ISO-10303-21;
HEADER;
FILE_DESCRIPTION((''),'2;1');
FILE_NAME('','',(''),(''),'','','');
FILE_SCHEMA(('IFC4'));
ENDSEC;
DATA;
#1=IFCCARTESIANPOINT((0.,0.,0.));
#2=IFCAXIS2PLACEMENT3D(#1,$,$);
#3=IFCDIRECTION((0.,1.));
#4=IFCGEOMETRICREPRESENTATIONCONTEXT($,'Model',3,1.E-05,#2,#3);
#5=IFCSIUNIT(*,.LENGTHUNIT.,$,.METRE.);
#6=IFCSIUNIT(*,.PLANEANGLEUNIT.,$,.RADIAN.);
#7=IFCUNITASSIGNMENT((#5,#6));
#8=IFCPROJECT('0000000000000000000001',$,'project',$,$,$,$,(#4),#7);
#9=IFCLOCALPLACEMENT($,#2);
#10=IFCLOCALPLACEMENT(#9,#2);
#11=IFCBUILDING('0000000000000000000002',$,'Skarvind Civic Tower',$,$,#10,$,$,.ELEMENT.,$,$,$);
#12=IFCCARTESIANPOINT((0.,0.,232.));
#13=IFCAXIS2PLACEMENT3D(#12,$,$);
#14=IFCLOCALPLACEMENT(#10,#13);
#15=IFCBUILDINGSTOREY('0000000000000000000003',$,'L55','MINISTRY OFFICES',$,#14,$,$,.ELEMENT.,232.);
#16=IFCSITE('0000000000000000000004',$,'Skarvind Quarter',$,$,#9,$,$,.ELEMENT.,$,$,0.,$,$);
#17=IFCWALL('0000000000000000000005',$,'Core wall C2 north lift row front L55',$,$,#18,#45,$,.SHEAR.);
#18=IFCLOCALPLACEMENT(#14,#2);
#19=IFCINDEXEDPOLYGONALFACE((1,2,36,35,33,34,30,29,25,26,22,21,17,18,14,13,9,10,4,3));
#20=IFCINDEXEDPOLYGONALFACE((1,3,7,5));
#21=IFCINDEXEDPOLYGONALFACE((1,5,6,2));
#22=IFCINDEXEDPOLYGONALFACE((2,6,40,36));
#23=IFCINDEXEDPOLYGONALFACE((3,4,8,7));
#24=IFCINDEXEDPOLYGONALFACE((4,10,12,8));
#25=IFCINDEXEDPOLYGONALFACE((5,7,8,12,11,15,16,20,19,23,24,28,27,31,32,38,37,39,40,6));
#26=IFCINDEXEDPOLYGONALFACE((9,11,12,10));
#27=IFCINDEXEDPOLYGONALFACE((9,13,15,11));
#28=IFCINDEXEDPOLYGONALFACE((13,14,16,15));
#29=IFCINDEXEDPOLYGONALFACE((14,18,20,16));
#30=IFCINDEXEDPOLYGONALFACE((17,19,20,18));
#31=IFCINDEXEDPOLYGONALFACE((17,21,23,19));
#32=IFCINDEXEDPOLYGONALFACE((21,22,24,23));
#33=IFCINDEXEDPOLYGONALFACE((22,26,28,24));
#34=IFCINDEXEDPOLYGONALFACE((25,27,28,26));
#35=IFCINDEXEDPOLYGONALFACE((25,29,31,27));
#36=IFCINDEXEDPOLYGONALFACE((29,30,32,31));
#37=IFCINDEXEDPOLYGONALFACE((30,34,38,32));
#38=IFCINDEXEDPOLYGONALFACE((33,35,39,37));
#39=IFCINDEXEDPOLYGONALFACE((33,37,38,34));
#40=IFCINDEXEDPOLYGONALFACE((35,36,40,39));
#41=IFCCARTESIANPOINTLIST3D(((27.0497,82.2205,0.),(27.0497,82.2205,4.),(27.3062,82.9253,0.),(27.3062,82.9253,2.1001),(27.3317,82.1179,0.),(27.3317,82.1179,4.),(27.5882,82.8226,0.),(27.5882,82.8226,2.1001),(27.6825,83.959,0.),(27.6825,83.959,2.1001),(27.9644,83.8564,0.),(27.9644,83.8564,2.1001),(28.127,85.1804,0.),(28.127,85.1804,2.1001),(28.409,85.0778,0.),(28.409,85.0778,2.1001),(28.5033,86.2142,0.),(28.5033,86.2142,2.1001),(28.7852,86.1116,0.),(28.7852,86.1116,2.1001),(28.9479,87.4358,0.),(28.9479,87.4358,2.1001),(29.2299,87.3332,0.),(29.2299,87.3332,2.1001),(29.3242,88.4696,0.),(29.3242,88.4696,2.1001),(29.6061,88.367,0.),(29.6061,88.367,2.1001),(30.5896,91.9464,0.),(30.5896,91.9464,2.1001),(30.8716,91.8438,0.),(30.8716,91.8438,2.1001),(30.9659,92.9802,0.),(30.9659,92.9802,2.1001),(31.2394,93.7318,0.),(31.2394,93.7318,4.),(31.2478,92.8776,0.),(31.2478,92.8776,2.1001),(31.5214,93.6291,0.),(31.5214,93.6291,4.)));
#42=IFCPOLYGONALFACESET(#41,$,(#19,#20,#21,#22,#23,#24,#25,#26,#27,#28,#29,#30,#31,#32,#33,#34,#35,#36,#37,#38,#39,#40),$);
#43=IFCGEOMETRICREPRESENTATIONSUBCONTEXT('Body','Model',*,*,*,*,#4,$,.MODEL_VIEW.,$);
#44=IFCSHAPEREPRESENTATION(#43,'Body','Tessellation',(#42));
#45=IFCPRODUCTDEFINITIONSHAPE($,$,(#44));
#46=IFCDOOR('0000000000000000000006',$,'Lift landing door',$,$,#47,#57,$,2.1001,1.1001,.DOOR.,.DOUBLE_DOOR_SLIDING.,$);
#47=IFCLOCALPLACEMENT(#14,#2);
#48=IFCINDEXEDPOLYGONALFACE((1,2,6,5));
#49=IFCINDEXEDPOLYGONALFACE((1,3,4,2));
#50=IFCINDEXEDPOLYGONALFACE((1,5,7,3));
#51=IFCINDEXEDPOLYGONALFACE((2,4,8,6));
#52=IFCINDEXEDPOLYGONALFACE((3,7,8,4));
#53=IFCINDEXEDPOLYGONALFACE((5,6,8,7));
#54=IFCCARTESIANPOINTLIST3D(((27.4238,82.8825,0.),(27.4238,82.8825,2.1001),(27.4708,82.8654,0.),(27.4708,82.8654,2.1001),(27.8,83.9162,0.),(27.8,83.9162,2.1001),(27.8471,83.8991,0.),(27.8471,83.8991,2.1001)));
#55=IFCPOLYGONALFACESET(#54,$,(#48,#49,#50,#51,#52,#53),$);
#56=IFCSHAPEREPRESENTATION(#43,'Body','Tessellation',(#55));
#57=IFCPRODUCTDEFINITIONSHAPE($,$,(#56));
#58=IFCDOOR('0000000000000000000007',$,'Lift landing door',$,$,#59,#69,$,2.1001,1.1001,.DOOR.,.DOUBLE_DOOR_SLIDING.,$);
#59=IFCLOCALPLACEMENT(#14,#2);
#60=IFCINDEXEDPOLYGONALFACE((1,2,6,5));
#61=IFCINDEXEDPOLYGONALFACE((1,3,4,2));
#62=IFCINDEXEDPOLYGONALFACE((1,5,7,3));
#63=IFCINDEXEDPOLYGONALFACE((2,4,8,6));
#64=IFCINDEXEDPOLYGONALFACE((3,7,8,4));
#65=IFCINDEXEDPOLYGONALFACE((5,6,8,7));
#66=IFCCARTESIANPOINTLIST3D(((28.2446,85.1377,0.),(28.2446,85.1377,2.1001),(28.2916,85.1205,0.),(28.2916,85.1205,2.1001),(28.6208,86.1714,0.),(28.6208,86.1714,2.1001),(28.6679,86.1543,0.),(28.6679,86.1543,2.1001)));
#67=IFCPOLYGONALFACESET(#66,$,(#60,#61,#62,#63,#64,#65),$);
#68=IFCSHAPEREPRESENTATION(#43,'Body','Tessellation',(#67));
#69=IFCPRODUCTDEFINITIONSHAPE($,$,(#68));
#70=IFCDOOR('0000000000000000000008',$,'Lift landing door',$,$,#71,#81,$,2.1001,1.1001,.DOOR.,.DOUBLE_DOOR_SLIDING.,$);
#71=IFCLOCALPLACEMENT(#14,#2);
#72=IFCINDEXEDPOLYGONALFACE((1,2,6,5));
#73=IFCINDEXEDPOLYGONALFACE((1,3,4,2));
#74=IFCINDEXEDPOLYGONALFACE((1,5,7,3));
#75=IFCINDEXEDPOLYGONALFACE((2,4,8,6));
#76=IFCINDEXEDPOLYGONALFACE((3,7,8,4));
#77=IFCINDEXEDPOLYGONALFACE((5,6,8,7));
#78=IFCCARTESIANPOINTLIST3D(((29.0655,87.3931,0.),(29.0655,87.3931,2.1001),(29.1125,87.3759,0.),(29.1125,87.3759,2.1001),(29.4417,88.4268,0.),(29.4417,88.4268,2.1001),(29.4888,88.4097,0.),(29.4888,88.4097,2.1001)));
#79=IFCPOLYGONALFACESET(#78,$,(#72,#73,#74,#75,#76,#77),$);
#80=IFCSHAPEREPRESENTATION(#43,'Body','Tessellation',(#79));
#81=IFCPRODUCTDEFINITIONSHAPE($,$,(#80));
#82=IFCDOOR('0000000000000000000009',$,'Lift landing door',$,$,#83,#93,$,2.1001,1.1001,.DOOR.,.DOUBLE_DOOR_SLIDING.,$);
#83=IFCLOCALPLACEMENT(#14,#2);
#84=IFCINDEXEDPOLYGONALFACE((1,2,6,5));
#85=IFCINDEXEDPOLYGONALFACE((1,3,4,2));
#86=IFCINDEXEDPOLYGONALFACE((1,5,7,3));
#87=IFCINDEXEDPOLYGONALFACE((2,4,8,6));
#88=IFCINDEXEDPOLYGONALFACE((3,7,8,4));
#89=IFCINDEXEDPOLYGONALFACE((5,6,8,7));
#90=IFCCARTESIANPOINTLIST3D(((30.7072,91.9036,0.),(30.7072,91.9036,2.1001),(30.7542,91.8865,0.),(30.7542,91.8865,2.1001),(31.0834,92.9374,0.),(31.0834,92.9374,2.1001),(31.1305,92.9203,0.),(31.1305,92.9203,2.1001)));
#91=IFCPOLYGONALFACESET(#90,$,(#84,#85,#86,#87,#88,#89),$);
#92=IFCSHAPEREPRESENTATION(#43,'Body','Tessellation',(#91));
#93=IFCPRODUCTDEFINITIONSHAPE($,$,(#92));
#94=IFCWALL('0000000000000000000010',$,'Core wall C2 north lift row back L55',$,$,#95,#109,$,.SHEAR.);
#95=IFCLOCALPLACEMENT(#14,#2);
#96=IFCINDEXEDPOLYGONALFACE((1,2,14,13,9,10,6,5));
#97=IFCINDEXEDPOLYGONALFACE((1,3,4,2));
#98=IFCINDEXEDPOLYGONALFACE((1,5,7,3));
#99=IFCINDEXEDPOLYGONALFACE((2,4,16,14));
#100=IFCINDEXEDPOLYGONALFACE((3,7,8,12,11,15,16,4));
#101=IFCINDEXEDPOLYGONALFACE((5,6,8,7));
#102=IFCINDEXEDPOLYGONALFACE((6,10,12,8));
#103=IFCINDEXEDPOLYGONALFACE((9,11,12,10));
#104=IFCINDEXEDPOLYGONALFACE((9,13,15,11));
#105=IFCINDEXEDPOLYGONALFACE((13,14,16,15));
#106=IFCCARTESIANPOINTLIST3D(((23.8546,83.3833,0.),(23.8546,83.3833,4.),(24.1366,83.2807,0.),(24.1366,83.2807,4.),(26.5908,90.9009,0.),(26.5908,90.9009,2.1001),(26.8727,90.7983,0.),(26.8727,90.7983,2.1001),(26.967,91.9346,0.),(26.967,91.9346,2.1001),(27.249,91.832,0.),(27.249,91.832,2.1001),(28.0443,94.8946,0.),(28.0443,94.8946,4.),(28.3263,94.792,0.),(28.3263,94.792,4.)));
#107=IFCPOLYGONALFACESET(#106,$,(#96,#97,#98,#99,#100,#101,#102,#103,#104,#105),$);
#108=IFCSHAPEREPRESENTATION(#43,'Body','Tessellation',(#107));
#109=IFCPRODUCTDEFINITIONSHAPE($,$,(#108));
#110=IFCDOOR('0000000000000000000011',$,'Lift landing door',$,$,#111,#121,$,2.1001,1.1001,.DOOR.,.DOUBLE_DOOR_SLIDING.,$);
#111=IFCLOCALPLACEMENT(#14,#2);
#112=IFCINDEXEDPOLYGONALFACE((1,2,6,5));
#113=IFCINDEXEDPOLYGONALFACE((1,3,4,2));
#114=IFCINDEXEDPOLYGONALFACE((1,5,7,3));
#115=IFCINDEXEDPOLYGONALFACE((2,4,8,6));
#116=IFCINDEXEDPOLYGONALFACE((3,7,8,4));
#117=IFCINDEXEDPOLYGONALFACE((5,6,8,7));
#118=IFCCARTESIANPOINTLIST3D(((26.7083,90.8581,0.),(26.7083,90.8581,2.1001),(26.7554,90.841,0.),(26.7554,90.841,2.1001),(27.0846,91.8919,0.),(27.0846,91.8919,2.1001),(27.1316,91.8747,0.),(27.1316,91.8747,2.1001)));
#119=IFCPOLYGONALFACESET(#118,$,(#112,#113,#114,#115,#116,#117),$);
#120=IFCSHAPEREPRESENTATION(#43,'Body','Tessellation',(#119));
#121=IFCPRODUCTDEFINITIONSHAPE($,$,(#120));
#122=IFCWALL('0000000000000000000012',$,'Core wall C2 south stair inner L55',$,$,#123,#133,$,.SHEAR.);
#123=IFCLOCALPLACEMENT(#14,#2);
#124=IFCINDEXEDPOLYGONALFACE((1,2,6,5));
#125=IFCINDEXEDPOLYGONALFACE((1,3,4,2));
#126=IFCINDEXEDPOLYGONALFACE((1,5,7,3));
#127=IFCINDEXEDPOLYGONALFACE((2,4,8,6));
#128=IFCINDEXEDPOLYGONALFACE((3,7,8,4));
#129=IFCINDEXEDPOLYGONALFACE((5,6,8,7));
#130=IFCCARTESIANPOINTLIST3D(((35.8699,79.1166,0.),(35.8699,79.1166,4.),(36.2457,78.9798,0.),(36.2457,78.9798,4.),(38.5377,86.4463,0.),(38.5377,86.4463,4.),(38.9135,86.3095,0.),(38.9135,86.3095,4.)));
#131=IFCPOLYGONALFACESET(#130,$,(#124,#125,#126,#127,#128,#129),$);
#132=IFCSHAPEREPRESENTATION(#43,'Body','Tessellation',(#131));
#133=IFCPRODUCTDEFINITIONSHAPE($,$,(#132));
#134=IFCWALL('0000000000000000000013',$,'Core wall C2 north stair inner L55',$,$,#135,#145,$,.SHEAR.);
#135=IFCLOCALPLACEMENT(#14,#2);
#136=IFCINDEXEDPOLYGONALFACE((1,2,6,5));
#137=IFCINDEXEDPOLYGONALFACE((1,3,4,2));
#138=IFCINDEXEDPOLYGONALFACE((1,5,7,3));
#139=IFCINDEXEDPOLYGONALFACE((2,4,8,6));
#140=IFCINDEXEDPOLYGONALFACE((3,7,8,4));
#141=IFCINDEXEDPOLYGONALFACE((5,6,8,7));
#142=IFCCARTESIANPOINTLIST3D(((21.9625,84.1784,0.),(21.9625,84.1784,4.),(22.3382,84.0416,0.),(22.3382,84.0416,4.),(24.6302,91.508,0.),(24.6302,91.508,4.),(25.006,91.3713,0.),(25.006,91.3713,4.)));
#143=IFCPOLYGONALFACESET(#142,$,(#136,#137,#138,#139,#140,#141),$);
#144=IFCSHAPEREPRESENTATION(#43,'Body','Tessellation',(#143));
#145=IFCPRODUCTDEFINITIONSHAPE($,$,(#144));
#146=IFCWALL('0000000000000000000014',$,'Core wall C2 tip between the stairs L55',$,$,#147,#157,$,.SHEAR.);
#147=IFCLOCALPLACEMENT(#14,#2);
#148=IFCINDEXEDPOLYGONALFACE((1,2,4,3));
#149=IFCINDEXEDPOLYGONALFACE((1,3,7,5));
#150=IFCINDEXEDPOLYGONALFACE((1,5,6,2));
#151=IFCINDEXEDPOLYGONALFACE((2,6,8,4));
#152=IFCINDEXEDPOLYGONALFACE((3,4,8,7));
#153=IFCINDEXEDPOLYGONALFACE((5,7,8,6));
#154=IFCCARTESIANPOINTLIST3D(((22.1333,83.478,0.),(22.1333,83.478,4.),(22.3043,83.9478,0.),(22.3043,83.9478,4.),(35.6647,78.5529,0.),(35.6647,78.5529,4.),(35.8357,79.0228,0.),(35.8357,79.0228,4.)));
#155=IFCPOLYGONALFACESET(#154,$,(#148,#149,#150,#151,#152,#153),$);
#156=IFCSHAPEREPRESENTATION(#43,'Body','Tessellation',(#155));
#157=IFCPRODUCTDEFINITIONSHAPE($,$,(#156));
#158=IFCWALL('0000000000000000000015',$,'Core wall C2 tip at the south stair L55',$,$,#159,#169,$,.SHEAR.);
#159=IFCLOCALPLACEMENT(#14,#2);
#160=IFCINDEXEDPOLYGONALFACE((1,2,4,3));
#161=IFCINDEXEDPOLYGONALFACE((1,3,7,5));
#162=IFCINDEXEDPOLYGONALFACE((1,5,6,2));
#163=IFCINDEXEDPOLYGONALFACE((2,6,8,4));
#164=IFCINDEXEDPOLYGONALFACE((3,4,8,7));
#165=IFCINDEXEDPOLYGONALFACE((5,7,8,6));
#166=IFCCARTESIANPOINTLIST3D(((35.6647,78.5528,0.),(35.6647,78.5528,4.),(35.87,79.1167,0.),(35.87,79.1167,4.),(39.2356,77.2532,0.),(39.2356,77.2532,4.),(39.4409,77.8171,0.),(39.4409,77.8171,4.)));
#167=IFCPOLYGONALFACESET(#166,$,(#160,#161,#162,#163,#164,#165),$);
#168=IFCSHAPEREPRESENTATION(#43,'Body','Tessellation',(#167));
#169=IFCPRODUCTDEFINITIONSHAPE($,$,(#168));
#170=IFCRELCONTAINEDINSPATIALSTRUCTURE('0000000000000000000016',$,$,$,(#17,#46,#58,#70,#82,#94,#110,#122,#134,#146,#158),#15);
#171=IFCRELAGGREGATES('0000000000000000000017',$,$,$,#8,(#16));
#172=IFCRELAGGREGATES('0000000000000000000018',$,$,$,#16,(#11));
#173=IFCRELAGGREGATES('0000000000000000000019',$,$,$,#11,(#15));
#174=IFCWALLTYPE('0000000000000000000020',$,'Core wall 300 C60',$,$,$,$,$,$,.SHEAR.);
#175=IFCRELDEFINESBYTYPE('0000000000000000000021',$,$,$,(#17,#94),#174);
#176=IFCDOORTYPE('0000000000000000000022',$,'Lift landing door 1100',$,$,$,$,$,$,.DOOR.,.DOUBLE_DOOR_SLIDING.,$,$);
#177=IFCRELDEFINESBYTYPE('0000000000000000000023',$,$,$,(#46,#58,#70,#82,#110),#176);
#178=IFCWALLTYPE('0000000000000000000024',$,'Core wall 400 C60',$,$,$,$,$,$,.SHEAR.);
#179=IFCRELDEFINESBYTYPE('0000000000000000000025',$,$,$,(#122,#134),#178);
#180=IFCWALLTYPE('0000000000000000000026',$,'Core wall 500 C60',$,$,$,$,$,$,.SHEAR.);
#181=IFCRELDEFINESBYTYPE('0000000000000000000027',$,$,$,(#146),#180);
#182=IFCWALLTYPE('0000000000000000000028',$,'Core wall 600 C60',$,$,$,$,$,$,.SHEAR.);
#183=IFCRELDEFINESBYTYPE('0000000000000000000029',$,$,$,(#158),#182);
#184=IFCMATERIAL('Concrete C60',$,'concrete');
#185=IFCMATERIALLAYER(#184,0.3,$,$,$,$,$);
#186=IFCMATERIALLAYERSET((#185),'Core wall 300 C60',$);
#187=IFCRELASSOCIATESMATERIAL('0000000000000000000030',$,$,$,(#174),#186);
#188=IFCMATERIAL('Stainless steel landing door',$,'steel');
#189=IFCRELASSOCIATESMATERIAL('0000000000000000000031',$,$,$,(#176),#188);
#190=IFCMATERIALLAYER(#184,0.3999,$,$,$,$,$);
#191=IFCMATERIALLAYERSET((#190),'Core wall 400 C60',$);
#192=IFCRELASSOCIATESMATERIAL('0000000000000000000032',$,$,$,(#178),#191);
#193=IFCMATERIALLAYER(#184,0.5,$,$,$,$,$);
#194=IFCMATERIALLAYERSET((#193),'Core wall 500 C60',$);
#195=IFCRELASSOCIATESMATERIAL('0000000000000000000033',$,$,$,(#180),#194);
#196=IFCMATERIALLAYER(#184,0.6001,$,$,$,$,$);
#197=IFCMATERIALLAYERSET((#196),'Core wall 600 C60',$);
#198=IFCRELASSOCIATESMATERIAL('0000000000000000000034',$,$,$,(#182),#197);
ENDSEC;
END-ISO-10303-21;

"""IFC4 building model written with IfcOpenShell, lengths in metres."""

from ifc_helpers import new_model, si_unit, direction, frame, frame_2d, origin, place, context, subcontext, project, spatial, rectangle, extrude, material, layer, layer_set, type_object, element, fill, save


model = new_model("IFC4")

# Units and contexts
model_context = context("Model", 3, precision=1e-05, world=origin(), true_north=direction((0.0, 1.0)))
body_context = subcontext(model_context, "Body", "Model", "MODEL_VIEW")
ifc_project = project(units=[si_unit("LENGTHUNIT", "METRE"), si_unit("PLANEANGLEUNIT", "RADIAN")], contexts=[model_context])

# Site, building, storey
site_placement = place(None, origin())
site = spatial("IfcSite", under=ifc_project, at=site_placement, Name="Skarvind Quarter", CompositionType="ELEMENT", RefElevation=0.0)
building_placement = place(site_placement, origin())
building = spatial("IfcBuilding", under=site, at=building_placement, Name="Skarvind Civic Tower", CompositionType="ELEMENT")
storey_placement = place(building_placement, frame((0.0, 0.0, 232.0)))
storey = spatial("IfcBuildingStorey", under=building, at=storey_placement, Name="L55", Description="MINISTRY OFFICES", CompositionType="ELEMENT", Elevation=232.0)

# Shared definitions
ifc_material_1 = material(Name="Concrete C60", Category="concrete")
ifc_layer_1 = layer(ifc_material_1, 0.3)
ifc_layer_set_1 = layer_set([ifc_layer_1], Name="Core wall 300 C60")
wall_type_1 = type_object("IfcWallType", Name="Core wall 300 C60", PredefinedType="SHEAR", material=ifc_layer_set_1)

# Wall, openings, doors
wall_1_placement = place(storey_placement, frame((27.1907, 82.1692, 0.0), z_axis=(0.0, 0.0, 1.0), x_axis=(0.342017, 0.939694, 0.0)))
wall_1 = element("IfcWall", 1, at=wall_1_placement, inside=storey, type_object=wall_type_1, Name="Core wall C2 north lift row front L55", PredefinedType="SHEAR", context=body_context, shape_type="SweptSolid", body=[
    extrude(rectangle(XDim=12.25, YDim=0.3, at=frame_2d((6.125, 0.0))), origin(), (0.0, 0.0, 1.0), 4.0),
])
opening_1_placement = place(wall_1_placement, frame((0.75, 0.0, 0.0)))
opening_1 = element("IfcOpeningElement", 2, at=opening_1_placement, cuts=wall_1, PredefinedType="OPENING", context=body_context, shape_type="SweptSolid", body=[
    extrude(rectangle(XDim=1.1001, YDim=2.1001, at=frame_2d((0.55, 1.05))), frame((0.0, 0.1599, 0.0), z_axis=(0.0, -1.0, 0.0), x_axis=(1.0, 0.0, 0.0)), (0.0, 0.0, 1.0), 0.3201),
])
opening_2_placement = place(wall_1_placement, frame((3.1499, 0.0, 0.0)))
opening_2 = element("IfcOpeningElement", 3, at=opening_2_placement, cuts=wall_1, PredefinedType="OPENING", context=body_context, shape_type="SweptSolid", body=[
    extrude(rectangle(XDim=1.1001, YDim=2.1001, at=frame_2d((0.55, 1.05))), frame((0.0, 0.1599, 0.0), z_axis=(0.0, -1.0, 0.0), x_axis=(1.0, 0.0, 0.0)), (0.0, 0.0, 1.0), 0.3201),
])
opening_3_placement = place(wall_1_placement, frame((5.55, 0.0, 0.0)))
opening_3 = element("IfcOpeningElement", 4, at=opening_3_placement, cuts=wall_1, PredefinedType="OPENING", context=body_context, shape_type="SweptSolid", body=[
    extrude(rectangle(XDim=1.1001, YDim=2.1001, at=frame_2d((0.55, 1.05))), frame((0.0, 0.1599, 0.0), z_axis=(0.0, -1.0, 0.0), x_axis=(1.0, 0.0, 0.0)), (0.0, 0.0, 1.0), 0.3201),
])
opening_4_placement = place(wall_1_placement, frame((10.3501, 0.0, 0.0)))
opening_4 = element("IfcOpeningElement", 5, at=opening_4_placement, cuts=wall_1, PredefinedType="OPENING", context=body_context, shape_type="SweptSolid", body=[
    extrude(rectangle(XDim=1.1001, YDim=2.1001, at=frame_2d((0.55, 1.05))), frame((0.0, 0.1599, 0.0), z_axis=(0.0, -1.0, 0.0), x_axis=(1.0, 0.0, 0.0)), (0.0, 0.0, 1.0), 0.3201),
])
ifc_material_2 = material(Name="Stainless steel landing door", Category="steel")
door_type_1 = type_object("IfcDoorType", Name="Lift landing door 1100", OperationType="DOUBLE_DOOR_SLIDING", PredefinedType="DOOR", material=ifc_material_2)
door_1_placement = place(opening_1_placement, origin())
door_1 = element("IfcDoor", 6, at=door_1_placement, inside=storey, type_object=door_type_1, Name="Lift landing door", OperationType="DOUBLE_DOOR_SLIDING", OverallHeight=2.1001, OverallWidth=1.1001, PredefinedType="DOOR", context=body_context, shape_type="SweptSolid", body=[
    extrude(rectangle(XDim=1.1001, YDim=2.1001, at=frame_2d((0.55, 1.05))), frame((0.0, 0.0249, 0.0), z_axis=(0.0, -1.0, 0.0), x_axis=(1.0, 0.0, 0.0)), (0.0, 0.0, 1.0), 0.05),
])
fill(opening_1, door_1)
door_2_placement = place(opening_2_placement, origin())
door_2 = element("IfcDoor", 7, at=door_2_placement, inside=storey, type_object=door_type_1, Name="Lift landing door", OperationType="DOUBLE_DOOR_SLIDING", OverallHeight=2.1001, OverallWidth=1.1001, PredefinedType="DOOR", context=body_context, shape_type="SweptSolid", body=[
    extrude(rectangle(XDim=1.1001, YDim=2.1001, at=frame_2d((0.55, 1.05))), frame((0.0, 0.0249, 0.0), z_axis=(0.0, -1.0, 0.0), x_axis=(1.0, 0.0, 0.0)), (0.0, 0.0, 1.0), 0.05),
])
fill(opening_2, door_2)
door_3_placement = place(opening_3_placement, origin())
door_3 = element("IfcDoor", 8, at=door_3_placement, inside=storey, type_object=door_type_1, Name="Lift landing door", OperationType="DOUBLE_DOOR_SLIDING", OverallHeight=2.1001, OverallWidth=1.1001, PredefinedType="DOOR", context=body_context, shape_type="SweptSolid", body=[
    extrude(rectangle(XDim=1.1001, YDim=2.1001, at=frame_2d((0.55, 1.05))), frame((0.0, 0.0249, 0.0), z_axis=(0.0, -1.0, 0.0), x_axis=(1.0, 0.0, 0.0)), (0.0, 0.0, 1.0), 0.05),
])
fill(opening_3, door_3)
door_4_placement = place(opening_4_placement, origin())
door_4 = element("IfcDoor", 9, at=door_4_placement, inside=storey, type_object=door_type_1, Name="Lift landing door", OperationType="DOUBLE_DOOR_SLIDING", OverallHeight=2.1001, OverallWidth=1.1001, PredefinedType="DOOR", context=body_context, shape_type="SweptSolid", body=[
    extrude(rectangle(XDim=1.1001, YDim=2.1001, at=frame_2d((0.55, 1.05))), frame((0.0, 0.0249, 0.0), z_axis=(0.0, -1.0, 0.0), x_axis=(1.0, 0.0, 0.0)), (0.0, 0.0, 1.0), 0.05),
])
fill(opening_4, door_4)

# Wall, opening, door
wall_2_placement = place(storey_placement, frame((23.9956, 83.332, 0.0), z_axis=(0.0, 0.0, 1.0), x_axis=(0.342017, 0.939694, 0.0)))
wall_2 = element("IfcWall", 10, at=wall_2_placement, inside=storey, type_object=wall_type_1, Name="Core wall C2 north lift row back L55", PredefinedType="SHEAR", context=body_context, shape_type="SweptSolid", body=[
    extrude(rectangle(XDim=12.25, YDim=0.3, at=frame_2d((6.125, 0.0))), origin(), (0.0, 0.0, 1.0), 4.0),
])
opening_5_placement = place(wall_2_placement, frame((8.0, 0.0, 0.0)))
opening_5 = element("IfcOpeningElement", 11, at=opening_5_placement, cuts=wall_2, PredefinedType="OPENING", context=body_context, shape_type="SweptSolid", body=[
    extrude(rectangle(XDim=1.1001, YDim=2.1001, at=frame_2d((0.55, 1.05))), frame((0.0, 0.1599, 0.0), z_axis=(0.0, -1.0, 0.0), x_axis=(1.0, 0.0, 0.0)), (0.0, 0.0, 1.0), 0.3201),
])
door_5_placement = place(opening_5_placement, origin())
door_5 = element("IfcDoor", 12, at=door_5_placement, inside=storey, type_object=door_type_1, Name="Lift landing door", OperationType="DOUBLE_DOOR_SLIDING", OverallHeight=2.1001, OverallWidth=1.1001, PredefinedType="DOOR", context=body_context, shape_type="SweptSolid", body=[
    extrude(rectangle(XDim=1.1001, YDim=2.1001, at=frame_2d((0.55, 1.05))), frame((0.0, 0.0249, 0.0), z_axis=(0.0, -1.0, 0.0), x_axis=(1.0, 0.0, 0.0)), (0.0, 0.0, 1.0), 0.05),
])
fill(opening_5, door_5)

# Walls
ifc_layer_2 = layer(ifc_material_1, 0.3999)
ifc_layer_set_2 = layer_set([ifc_layer_2], Name="Core wall 400 C60")
wall_type_2 = type_object("IfcWallType", Name="Core wall 400 C60", PredefinedType="SHEAR", material=ifc_layer_set_2)
for number, where, z_axis, x_axis, name in (
    (13, (36.0579, 79.0483, 0.0), (0.0, 0.0, 1.0), (0.342017, 0.939694, 0.0), "Core wall C2 south stair inner L55"),
    (14, (22.1504, 84.1101, 0.0), (0.0, 0.0, 1.0), (0.342017, 0.939694, 0.0), "Core wall C2 north stair inner L55"),
):
    element("IfcWall", number, at=place(storey_placement, frame(where, z_axis=z_axis, x_axis=x_axis)), inside=storey, type_object=wall_type_2, Name=name, PredefinedType="SHEAR", context=body_context, shape_type="SweptSolid", body=[
        extrude(rectangle(XDim=7.8, YDim=0.3999, at=frame_2d((3.8999, 0.0))), origin(), (0.0, 0.0, 1.0), 4.0),
    ])
ifc_layer_3 = layer(ifc_material_1, 0.5)
ifc_layer_set_3 = layer_set([ifc_layer_3], Name="Core wall 500 C60")
wall_type_3 = type_object("IfcWallType", Name="Core wall 500 C60", PredefinedType="SHEAR", material=ifc_layer_set_3)
wall_3_placement = place(storey_placement, frame((35.7502, 78.7878, 0.0), z_axis=(0.0, 0.0, 1.0), x_axis=(-0.939693, 0.342019, 0.0)))
element("IfcWall", 15, at=wall_3_placement, inside=storey, type_object=wall_type_3, Name="Core wall C2 tip between the stairs L55", PredefinedType="SHEAR", context=body_context, shape_type="SweptSolid", body=[
    extrude(rectangle(XDim=14.3999, YDim=0.5, at=frame_2d((7.2, 0.0))), origin(), (0.0, 0.0, 1.0), 4.0),
])
ifc_layer_4 = layer(ifc_material_1, 0.6001)
ifc_layer_set_4 = layer_set([ifc_layer_4], Name="Core wall 600 C60")
wall_type_4 = type_object("IfcWallType", Name="Core wall 600 C60", PredefinedType="SHEAR", material=ifc_layer_set_4)
for number, where, z_axis, x_axis, name in (
    (16, (39.3381, 77.5352, 0.0), (0.0, 0.0, 1.0), (-0.939701, 0.341996, 0.0), "Core wall C2 tip at the south stair L55"),
):
    element("IfcWall", number, at=place(storey_placement, frame(where, z_axis=z_axis, x_axis=x_axis)), inside=storey, type_object=wall_type_4, Name=name, PredefinedType="SHEAR", context=body_context, shape_type="SweptSolid", body=[
        extrude(rectangle(XDim=3.8, YDim=0.6001, at=frame_2d((1.8999, 0.0))), origin(), (0.0, 0.0, 1.0), 4.0),
    ])

save(model, "model.ifc")
